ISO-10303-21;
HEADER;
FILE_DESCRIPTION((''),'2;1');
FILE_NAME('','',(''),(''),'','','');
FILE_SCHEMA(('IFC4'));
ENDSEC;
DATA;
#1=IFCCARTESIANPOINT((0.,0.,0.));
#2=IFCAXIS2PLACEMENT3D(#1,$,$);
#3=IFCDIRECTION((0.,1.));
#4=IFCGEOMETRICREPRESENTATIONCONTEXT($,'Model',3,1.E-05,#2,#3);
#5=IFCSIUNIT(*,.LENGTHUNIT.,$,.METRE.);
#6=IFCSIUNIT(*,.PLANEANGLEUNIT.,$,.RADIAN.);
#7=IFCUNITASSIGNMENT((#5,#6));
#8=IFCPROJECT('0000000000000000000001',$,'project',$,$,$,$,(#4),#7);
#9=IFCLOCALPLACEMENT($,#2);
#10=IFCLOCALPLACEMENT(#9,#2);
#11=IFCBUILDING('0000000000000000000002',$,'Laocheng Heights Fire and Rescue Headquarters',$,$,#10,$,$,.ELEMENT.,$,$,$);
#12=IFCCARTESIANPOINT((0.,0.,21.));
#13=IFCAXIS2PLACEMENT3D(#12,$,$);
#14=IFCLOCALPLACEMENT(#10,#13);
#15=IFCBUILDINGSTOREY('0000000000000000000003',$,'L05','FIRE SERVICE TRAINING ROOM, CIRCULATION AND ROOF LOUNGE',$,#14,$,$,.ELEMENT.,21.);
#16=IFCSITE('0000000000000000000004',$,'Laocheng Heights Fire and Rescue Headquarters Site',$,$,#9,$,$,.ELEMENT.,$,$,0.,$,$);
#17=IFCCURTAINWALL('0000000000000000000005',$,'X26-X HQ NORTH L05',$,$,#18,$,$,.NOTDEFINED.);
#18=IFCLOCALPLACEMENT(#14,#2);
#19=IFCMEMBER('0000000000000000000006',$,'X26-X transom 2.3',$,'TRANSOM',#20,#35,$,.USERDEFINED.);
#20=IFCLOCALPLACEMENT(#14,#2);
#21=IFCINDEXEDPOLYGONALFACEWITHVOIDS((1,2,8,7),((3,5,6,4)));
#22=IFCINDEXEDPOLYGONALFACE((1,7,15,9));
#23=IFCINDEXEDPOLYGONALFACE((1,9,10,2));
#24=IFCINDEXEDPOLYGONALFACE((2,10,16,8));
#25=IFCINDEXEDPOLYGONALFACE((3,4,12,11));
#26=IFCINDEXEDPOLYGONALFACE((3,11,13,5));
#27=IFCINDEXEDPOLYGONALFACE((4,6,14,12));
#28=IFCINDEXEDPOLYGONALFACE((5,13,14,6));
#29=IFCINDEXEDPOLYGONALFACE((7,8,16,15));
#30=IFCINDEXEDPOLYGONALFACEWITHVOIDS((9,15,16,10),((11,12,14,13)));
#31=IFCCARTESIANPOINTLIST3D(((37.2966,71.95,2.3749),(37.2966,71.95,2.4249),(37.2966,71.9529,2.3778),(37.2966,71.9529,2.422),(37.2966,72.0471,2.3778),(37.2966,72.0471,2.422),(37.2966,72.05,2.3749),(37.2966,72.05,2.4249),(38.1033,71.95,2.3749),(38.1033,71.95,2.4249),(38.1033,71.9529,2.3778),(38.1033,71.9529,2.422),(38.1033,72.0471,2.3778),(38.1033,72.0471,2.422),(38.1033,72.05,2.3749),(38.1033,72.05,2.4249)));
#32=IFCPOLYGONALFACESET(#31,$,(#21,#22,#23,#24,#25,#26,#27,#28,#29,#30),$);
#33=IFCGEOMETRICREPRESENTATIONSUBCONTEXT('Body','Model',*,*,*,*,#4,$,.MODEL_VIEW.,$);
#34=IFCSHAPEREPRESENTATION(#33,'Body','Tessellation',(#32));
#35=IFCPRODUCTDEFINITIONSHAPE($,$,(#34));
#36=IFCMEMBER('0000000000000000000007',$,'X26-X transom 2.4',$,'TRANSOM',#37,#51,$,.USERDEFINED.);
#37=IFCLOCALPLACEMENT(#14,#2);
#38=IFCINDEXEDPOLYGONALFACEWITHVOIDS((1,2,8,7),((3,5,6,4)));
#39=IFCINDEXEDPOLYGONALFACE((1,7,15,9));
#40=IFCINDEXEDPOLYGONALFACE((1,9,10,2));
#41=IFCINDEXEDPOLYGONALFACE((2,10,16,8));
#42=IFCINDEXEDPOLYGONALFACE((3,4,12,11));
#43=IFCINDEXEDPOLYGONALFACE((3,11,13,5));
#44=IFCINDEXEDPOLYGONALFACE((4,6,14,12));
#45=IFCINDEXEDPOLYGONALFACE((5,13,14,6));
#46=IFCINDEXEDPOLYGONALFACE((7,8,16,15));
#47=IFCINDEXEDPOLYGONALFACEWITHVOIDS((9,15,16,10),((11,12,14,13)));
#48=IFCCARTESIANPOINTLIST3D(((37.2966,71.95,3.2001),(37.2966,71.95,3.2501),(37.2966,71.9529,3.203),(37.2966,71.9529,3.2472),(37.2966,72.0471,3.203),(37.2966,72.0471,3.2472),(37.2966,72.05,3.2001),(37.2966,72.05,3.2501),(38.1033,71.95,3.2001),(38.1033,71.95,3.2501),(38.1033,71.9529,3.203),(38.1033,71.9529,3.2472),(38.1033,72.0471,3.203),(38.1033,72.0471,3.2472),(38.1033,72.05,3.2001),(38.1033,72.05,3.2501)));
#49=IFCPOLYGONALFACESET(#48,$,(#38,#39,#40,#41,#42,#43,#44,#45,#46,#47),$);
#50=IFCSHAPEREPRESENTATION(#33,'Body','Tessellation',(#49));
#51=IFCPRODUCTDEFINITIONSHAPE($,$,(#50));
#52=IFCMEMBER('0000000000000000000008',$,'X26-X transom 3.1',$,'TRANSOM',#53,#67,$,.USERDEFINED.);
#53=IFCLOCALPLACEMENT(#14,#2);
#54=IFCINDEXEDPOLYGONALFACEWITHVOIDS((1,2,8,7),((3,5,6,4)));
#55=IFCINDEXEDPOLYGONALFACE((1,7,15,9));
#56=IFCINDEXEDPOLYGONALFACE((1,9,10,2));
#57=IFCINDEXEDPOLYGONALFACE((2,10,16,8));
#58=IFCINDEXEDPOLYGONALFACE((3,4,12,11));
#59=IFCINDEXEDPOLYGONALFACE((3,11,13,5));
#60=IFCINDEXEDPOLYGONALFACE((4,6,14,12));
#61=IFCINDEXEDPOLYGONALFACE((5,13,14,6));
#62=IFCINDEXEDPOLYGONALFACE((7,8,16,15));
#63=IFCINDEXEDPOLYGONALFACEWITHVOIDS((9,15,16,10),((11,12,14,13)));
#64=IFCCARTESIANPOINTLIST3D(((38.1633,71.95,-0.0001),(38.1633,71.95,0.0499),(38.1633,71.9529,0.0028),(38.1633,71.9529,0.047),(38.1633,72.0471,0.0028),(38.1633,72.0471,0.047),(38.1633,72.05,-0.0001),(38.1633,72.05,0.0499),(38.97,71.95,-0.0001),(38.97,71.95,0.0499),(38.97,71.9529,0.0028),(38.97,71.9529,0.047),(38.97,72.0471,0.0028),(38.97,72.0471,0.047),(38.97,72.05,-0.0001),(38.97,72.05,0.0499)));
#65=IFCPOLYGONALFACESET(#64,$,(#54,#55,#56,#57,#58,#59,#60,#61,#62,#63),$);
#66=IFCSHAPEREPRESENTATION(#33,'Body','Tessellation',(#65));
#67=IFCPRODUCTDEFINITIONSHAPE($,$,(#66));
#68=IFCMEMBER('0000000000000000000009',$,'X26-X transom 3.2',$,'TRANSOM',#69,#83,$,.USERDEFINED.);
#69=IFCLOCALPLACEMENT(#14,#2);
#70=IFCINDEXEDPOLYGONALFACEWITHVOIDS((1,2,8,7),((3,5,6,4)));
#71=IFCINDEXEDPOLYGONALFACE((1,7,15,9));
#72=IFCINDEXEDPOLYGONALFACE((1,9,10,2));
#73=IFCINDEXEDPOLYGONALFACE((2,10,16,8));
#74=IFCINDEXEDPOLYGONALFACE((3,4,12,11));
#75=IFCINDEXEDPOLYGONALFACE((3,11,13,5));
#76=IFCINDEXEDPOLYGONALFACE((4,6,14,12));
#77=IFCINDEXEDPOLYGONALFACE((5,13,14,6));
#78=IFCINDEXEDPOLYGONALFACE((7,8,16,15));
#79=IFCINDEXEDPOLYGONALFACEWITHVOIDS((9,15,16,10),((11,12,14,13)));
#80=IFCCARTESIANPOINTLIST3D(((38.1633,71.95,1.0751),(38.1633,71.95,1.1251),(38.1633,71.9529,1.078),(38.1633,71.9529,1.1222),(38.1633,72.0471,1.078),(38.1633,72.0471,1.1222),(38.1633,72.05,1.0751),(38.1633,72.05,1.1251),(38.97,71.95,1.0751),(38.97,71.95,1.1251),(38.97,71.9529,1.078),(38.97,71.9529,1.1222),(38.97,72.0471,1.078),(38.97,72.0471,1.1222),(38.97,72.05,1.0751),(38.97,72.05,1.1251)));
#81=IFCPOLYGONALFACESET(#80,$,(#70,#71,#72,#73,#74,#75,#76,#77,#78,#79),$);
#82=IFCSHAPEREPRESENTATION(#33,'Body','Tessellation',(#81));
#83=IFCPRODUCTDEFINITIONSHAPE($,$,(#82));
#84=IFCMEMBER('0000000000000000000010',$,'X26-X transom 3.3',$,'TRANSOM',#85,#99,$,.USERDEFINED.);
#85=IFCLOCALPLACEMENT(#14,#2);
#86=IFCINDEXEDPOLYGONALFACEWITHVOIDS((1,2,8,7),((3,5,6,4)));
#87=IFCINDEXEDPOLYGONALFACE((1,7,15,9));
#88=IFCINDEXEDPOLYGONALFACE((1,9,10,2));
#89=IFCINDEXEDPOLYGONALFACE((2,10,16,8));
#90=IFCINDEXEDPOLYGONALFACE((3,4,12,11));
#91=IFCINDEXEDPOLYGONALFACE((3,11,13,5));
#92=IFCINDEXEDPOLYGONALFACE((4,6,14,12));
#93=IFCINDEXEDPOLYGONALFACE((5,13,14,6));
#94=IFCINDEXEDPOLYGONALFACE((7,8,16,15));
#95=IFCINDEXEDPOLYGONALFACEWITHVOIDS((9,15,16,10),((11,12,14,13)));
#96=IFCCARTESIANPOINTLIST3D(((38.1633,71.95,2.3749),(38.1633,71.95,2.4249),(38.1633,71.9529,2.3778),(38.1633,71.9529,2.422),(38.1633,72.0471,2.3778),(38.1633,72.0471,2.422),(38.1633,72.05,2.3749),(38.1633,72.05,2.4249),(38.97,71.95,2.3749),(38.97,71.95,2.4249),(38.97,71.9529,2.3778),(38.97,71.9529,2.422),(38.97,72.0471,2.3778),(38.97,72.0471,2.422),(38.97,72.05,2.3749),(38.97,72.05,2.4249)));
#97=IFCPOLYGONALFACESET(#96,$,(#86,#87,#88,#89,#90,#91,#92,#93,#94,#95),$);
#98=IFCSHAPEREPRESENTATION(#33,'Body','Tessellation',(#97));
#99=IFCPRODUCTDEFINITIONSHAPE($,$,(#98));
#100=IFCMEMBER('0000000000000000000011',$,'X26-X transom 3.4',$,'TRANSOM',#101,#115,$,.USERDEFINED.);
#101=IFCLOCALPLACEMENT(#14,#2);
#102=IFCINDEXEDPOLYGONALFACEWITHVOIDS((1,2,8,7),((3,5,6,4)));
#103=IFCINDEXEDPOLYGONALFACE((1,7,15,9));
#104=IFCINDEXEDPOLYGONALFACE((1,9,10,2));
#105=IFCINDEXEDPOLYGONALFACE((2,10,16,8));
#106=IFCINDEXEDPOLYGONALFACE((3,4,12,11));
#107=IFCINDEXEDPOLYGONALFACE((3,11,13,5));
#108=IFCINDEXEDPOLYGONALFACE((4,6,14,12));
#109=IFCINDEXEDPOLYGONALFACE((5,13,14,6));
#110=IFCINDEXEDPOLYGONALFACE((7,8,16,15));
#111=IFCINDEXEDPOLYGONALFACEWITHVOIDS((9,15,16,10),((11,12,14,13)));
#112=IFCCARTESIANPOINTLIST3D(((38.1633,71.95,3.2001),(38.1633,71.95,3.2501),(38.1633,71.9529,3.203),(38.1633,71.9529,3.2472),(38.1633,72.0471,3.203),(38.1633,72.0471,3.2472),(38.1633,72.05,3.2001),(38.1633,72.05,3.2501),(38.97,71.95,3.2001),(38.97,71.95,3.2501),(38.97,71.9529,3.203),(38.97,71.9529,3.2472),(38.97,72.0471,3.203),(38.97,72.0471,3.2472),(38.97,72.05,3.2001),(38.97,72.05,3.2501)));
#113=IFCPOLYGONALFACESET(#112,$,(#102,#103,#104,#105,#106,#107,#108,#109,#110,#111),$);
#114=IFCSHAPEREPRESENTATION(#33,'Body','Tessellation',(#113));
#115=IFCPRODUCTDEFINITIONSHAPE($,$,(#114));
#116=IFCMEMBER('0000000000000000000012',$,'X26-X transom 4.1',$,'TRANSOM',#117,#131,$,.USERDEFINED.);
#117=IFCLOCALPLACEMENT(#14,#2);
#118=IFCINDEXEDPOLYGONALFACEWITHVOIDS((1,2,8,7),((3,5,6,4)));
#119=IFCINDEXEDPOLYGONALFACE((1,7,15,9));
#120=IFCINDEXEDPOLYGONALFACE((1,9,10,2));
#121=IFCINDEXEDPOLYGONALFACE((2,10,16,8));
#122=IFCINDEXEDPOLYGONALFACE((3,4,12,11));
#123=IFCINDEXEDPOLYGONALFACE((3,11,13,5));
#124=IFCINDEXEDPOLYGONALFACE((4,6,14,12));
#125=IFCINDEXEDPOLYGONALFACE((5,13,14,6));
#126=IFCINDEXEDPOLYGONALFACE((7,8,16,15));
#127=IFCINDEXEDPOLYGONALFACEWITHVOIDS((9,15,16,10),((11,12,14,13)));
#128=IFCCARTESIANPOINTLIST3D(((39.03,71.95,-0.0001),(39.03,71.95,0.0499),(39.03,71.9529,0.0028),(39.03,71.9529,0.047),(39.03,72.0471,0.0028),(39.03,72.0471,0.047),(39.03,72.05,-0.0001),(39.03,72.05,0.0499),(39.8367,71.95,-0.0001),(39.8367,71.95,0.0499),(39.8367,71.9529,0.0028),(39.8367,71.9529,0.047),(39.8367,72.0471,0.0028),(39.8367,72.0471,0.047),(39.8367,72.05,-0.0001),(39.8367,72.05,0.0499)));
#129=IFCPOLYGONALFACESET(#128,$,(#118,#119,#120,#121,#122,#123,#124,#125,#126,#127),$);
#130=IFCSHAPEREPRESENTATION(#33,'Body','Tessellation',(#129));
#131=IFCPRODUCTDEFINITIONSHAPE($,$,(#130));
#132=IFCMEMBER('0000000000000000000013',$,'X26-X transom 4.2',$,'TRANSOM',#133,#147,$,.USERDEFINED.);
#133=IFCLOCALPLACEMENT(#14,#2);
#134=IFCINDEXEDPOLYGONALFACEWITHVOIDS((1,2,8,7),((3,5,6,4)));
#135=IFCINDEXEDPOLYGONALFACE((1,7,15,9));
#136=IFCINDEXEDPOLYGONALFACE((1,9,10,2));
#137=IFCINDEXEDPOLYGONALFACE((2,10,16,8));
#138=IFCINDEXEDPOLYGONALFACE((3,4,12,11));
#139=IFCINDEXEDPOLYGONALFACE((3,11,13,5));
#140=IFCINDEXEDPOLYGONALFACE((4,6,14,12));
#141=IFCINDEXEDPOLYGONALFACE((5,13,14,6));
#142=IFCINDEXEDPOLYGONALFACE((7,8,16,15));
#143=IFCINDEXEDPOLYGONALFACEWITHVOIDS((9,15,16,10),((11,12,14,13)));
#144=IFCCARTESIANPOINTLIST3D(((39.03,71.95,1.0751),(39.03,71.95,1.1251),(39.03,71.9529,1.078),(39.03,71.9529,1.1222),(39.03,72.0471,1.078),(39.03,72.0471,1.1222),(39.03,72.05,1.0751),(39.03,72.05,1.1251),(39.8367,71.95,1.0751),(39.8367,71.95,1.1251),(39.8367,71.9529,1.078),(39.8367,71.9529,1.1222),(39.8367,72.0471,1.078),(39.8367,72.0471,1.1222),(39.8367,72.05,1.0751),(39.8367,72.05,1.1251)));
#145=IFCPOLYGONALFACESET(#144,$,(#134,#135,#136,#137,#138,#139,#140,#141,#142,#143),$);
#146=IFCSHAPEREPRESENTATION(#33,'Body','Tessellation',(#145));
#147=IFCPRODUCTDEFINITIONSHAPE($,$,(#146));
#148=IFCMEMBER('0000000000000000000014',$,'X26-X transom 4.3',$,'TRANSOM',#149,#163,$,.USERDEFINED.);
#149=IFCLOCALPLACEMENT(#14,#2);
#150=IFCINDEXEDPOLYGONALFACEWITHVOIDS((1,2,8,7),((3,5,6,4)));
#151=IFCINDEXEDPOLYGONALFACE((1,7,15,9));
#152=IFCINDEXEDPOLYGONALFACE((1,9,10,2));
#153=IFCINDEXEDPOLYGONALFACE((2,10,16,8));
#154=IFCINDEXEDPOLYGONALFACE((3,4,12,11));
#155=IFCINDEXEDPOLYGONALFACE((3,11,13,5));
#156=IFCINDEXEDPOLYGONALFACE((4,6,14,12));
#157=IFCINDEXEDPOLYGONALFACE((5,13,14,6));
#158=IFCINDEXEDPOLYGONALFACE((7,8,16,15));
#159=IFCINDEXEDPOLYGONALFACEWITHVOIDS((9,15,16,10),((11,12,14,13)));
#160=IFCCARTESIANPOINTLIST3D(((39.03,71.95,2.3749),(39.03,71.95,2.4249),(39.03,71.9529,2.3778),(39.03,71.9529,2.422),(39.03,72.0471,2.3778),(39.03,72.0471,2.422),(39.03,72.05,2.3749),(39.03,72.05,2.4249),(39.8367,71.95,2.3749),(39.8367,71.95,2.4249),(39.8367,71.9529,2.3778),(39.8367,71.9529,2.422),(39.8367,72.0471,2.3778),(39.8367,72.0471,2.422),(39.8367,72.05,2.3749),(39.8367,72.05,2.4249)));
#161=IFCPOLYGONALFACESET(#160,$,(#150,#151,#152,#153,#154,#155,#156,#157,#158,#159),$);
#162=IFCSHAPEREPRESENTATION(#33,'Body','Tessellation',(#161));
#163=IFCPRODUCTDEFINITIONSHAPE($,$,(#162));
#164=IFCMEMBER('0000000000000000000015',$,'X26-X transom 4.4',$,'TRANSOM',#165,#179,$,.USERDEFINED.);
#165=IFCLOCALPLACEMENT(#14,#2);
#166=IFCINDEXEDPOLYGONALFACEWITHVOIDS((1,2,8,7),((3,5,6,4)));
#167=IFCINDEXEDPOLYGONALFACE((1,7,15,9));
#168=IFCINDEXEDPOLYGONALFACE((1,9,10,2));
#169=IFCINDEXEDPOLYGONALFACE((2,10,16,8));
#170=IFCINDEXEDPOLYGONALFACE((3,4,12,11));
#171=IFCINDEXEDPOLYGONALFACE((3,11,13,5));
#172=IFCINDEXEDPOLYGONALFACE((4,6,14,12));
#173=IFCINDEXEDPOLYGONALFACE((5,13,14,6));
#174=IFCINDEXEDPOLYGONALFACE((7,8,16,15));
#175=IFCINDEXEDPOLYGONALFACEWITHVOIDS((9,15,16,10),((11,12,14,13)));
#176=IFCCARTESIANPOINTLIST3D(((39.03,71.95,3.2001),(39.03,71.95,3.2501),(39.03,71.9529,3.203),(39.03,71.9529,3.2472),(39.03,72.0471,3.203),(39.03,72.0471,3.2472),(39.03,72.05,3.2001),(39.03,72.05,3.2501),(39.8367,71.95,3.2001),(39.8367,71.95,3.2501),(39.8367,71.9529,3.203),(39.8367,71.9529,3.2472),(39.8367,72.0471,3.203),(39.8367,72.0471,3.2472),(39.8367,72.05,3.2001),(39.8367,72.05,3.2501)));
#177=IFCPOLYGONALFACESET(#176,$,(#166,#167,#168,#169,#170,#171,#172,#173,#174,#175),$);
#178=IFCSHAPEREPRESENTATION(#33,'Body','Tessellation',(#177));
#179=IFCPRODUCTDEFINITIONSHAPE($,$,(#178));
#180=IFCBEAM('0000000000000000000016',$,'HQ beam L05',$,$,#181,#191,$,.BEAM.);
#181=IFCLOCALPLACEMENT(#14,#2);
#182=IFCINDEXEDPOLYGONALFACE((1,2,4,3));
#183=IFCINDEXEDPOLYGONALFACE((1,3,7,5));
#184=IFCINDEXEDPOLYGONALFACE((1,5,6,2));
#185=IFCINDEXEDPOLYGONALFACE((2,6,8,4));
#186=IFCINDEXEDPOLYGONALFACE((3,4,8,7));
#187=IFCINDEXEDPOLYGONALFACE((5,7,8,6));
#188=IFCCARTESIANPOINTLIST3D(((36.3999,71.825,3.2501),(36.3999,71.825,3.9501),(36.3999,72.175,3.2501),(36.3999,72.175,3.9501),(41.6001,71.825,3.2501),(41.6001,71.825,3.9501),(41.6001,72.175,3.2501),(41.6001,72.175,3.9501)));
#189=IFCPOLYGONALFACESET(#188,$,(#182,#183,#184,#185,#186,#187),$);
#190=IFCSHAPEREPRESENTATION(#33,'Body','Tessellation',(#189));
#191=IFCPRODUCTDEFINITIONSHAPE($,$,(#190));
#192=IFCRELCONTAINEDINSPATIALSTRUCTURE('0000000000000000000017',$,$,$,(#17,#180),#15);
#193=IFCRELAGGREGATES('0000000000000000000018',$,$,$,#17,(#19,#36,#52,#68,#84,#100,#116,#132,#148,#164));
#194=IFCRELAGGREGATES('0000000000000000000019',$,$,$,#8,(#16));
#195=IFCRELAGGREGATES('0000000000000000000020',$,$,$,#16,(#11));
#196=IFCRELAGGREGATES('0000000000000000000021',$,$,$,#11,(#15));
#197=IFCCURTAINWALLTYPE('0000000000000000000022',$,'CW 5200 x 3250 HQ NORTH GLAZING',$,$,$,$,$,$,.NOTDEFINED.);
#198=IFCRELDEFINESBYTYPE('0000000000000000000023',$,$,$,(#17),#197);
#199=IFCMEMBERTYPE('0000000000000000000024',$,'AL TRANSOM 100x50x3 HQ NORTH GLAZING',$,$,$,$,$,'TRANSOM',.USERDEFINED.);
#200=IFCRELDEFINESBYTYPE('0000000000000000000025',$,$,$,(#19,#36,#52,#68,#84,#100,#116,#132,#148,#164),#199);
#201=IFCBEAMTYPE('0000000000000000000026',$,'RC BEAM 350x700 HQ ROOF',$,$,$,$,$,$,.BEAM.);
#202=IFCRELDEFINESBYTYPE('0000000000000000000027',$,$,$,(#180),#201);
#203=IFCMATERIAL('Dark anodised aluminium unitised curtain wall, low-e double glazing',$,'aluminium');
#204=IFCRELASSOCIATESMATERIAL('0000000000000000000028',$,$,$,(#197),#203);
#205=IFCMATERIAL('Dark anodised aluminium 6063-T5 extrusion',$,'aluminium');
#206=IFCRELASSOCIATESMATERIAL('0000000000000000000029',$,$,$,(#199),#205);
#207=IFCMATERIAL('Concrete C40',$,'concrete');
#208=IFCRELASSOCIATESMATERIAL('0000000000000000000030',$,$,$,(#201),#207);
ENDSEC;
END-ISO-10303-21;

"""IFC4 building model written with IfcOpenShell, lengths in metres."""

from ifc_helpers import new_model, si_unit, direction, frame, origin, origin_2d, place, context, subcontext, project, spatial, rectangle, hollow_rectangle, extrude, material, material_profile, profile_set, type_object, element, aggregate, save


model = new_model("IFC4")

# Units and contexts
model_context = context("Model", 3, precision=1e-05, world=origin(), true_north=direction((0.0, 1.0)))
body_context = subcontext(model_context, "Body", "Model", "MODEL_VIEW")
ifc_project = project(units=[si_unit("LENGTHUNIT", "METRE"), si_unit("PLANEANGLEUNIT", "RADIAN")], contexts=[model_context])

# Site, building, storey
site_placement = place(None, origin())
site = spatial("IfcSite", under=ifc_project, at=site_placement, Name="Laocheng Heights Fire and Rescue Headquarters Site", CompositionType="ELEMENT", RefElevation=0.0)
building_placement = place(site_placement, origin())
building = spatial("IfcBuilding", under=site, at=building_placement, Name="Laocheng Heights Fire and Rescue Headquarters", CompositionType="ELEMENT")
storey_placement = place(building_placement, frame((0.0, 0.0, 21.0)))
storey = spatial("IfcBuildingStorey", under=building, at=storey_placement, Name="L05", Description="FIRE SERVICE TRAINING ROOM, CIRCULATION AND ROOF LOUNGE", CompositionType="ELEMENT", Elevation=21.0)

# Curtain wall, members
ifc_material_1 = material(Name="Dark anodised aluminium unitised curtain wall, low-e double glazing", Category="aluminium")
curtain_wall_type = type_object("IfcCurtainWallType", Name="CW 5200 x 3250 HQ NORTH GLAZING", PredefinedType="NOTDEFINED", material=ifc_material_1)
curtain_wall_placement = place(storey_placement, origin())
curtain_wall = element("IfcCurtainWall", 1, at=curtain_wall_placement, inside=storey, type_object=curtain_wall_type, Name="X26-X HQ NORTH L05", PredefinedType="NOTDEFINED")
ifc_material_2 = material(Name="Dark anodised aluminium 6063-T5 extrusion", Category="aluminium")
ifc_material_profile_1 = material_profile(ifc_material_2, hollow_rectangle(XDim=0.1001, YDim=0.05, WallThickness=0.0029, at=origin_2d()), Name="AL TRANSOM 100x50x3 HQ NORTH GLAZING")
ifc_profile_set_1 = profile_set([ifc_material_profile_1], Name="Dark anodised aluminium 6063-T5 extrusion")
member_type_1 = type_object("IfcMemberType", Name="AL TRANSOM 100x50x3 HQ NORTH GLAZING", ElementType="TRANSOM", PredefinedType="USERDEFINED", material=ifc_profile_set_1)
member_1_placement = place(storey_placement, frame((37.2966, 72.0, 2.3999), z_axis=(1.0, 0.0, 0.0), x_axis=(0.0, 1.0, 0.0)))
member_1 = element("IfcMember", 2, at=member_1_placement, type_object=member_type_1, Name="X26-X transom 2.3", ObjectType="TRANSOM", PredefinedType="USERDEFINED", context=body_context, shape_type="SweptSolid", body=[
    extrude(hollow_rectangle(XDim=0.1001, YDim=0.05, WallThickness=0.0029, at=origin_2d()), origin(), (0.0, 0.0, 1.0), 0.8066),
])
member_2_placement = place(storey_placement, frame((37.2966, 72.0, 3.2251), z_axis=(1.0, 0.0, 0.0), x_axis=(0.0, 1.0, 0.0)))
member_2 = element("IfcMember", 3, at=member_2_placement, type_object=member_type_1, Name="X26-X transom 2.4", ObjectType="TRANSOM", PredefinedType="USERDEFINED", context=body_context, shape_type="SweptSolid", body=[
    extrude(hollow_rectangle(XDim=0.1001, YDim=0.05, WallThickness=0.0029, at=origin_2d()), origin(), (0.0, 0.0, 1.0), 0.8066),
])
member_3_placement = place(storey_placement, frame((38.1633, 72.0, 0.0249), z_axis=(1.0, 0.0, 0.0), x_axis=(0.0, 1.0, 0.0)))
member_3 = element("IfcMember", 4, at=member_3_placement, type_object=member_type_1, Name="X26-X transom 3.1", ObjectType="TRANSOM", PredefinedType="USERDEFINED", context=body_context, shape_type="SweptSolid", body=[
    extrude(hollow_rectangle(XDim=0.1001, YDim=0.05, WallThickness=0.0029, at=origin_2d()), origin(), (0.0, 0.0, 1.0), 0.8066),
])
member_4_placement = place(storey_placement, frame((38.1633, 72.0, 1.1001), z_axis=(1.0, 0.0, 0.0), x_axis=(0.0, 1.0, 0.0)))
member_4 = element("IfcMember", 5, at=member_4_placement, type_object=member_type_1, Name="X26-X transom 3.2", ObjectType="TRANSOM", PredefinedType="USERDEFINED", context=body_context, shape_type="SweptSolid", body=[
    extrude(hollow_rectangle(XDim=0.1001, YDim=0.05, WallThickness=0.0029, at=origin_2d()), origin(), (0.0, 0.0, 1.0), 0.8066),
])
member_5_placement = place(storey_placement, frame((38.1633, 72.0, 2.3999), z_axis=(1.0, 0.0, 0.0), x_axis=(0.0, 1.0, 0.0)))
member_5 = element("IfcMember", 6, at=member_5_placement, type_object=member_type_1, Name="X26-X transom 3.3", ObjectType="TRANSOM", PredefinedType="USERDEFINED", context=body_context, shape_type="SweptSolid", body=[
    extrude(hollow_rectangle(XDim=0.1001, YDim=0.05, WallThickness=0.0029, at=origin_2d()), origin(), (0.0, 0.0, 1.0), 0.8066),
])
member_6_placement = place(storey_placement, frame((38.1633, 72.0, 3.2251), z_axis=(1.0, 0.0, 0.0), x_axis=(0.0, 1.0, 0.0)))
member_6 = element("IfcMember", 7, at=member_6_placement, type_object=member_type_1, Name="X26-X transom 3.4", ObjectType="TRANSOM", PredefinedType="USERDEFINED", context=body_context, shape_type="SweptSolid", body=[
    extrude(hollow_rectangle(XDim=0.1001, YDim=0.05, WallThickness=0.0029, at=origin_2d()), origin(), (0.0, 0.0, 1.0), 0.8066),
])
member_7_placement = place(storey_placement, frame((39.03, 72.0, 0.0249), z_axis=(1.0, 0.0, 0.0), x_axis=(0.0, 1.0, 0.0)))
member_7 = element("IfcMember", 8, at=member_7_placement, type_object=member_type_1, Name="X26-X transom 4.1", ObjectType="TRANSOM", PredefinedType="USERDEFINED", context=body_context, shape_type="SweptSolid", body=[
    extrude(hollow_rectangle(XDim=0.1001, YDim=0.05, WallThickness=0.0029, at=origin_2d()), origin(), (0.0, 0.0, 1.0), 0.8066),
])
member_8_placement = place(storey_placement, frame((39.03, 72.0, 1.1001), z_axis=(1.0, 0.0, 0.0), x_axis=(0.0, 1.0, 0.0)))
member_8 = element("IfcMember", 9, at=member_8_placement, type_object=member_type_1, Name="X26-X transom 4.2", ObjectType="TRANSOM", PredefinedType="USERDEFINED", context=body_context, shape_type="SweptSolid", body=[
    extrude(hollow_rectangle(XDim=0.1001, YDim=0.05, WallThickness=0.0029, at=origin_2d()), origin(), (0.0, 0.0, 1.0), 0.8066),
])
member_9_placement = place(storey_placement, frame((39.03, 72.0, 2.3999), z_axis=(1.0, 0.0, 0.0), x_axis=(0.0, 1.0, 0.0)))
member_9 = element("IfcMember", 10, at=member_9_placement, type_object=member_type_1, Name="X26-X transom 4.3", ObjectType="TRANSOM", PredefinedType="USERDEFINED", context=body_context, shape_type="SweptSolid", body=[
    extrude(hollow_rectangle(XDim=0.1001, YDim=0.05, WallThickness=0.0029, at=origin_2d()), origin(), (0.0, 0.0, 1.0), 0.8066),
])
member_10_placement = place(storey_placement, frame((39.03, 72.0, 3.2251), z_axis=(1.0, 0.0, 0.0), x_axis=(0.0, 1.0, 0.0)))
member_10 = element("IfcMember", 11, at=member_10_placement, type_object=member_type_1, Name="X26-X transom 4.4", ObjectType="TRANSOM", PredefinedType="USERDEFINED", context=body_context, shape_type="SweptSolid", body=[
    extrude(hollow_rectangle(XDim=0.1001, YDim=0.05, WallThickness=0.0029, at=origin_2d()), origin(), (0.0, 0.0, 1.0), 0.8066),
])

# Beam
ifc_material_3 = material(Name="Concrete C40", Category="concrete")
ifc_material_profile_2 = material_profile(ifc_material_3, rectangle(XDim=0.3501, YDim=0.7, at=origin_2d()), Name="RC BEAM 350x700 HQ ROOF")
ifc_profile_set_2 = profile_set([ifc_material_profile_2], Name="Concrete C40")
beam_type = type_object("IfcBeamType", Name="RC BEAM 350x700 HQ ROOF", PredefinedType="BEAM", material=ifc_profile_set_2)
beam_placement = place(storey_placement, frame((36.3999, 72.0, 3.6001), z_axis=(1.0, 0.0, 0.0), x_axis=(0.0, 1.0, 0.0)))
element("IfcBeam", 12, at=beam_placement, inside=storey, type_object=beam_type, Name="HQ beam L05", PredefinedType="BEAM", context=body_context, shape_type="SweptSolid", body=[
    extrude(rectangle(XDim=0.3501, YDim=0.7, at=origin_2d()), origin(), (0.0, 0.0, 1.0), 5.2002),
])

aggregate(curtain_wall, [member_1, member_2, member_3, member_4, member_5, member_6, member_7, member_8, member_9, member_10])

save(model, "model.ifc")
